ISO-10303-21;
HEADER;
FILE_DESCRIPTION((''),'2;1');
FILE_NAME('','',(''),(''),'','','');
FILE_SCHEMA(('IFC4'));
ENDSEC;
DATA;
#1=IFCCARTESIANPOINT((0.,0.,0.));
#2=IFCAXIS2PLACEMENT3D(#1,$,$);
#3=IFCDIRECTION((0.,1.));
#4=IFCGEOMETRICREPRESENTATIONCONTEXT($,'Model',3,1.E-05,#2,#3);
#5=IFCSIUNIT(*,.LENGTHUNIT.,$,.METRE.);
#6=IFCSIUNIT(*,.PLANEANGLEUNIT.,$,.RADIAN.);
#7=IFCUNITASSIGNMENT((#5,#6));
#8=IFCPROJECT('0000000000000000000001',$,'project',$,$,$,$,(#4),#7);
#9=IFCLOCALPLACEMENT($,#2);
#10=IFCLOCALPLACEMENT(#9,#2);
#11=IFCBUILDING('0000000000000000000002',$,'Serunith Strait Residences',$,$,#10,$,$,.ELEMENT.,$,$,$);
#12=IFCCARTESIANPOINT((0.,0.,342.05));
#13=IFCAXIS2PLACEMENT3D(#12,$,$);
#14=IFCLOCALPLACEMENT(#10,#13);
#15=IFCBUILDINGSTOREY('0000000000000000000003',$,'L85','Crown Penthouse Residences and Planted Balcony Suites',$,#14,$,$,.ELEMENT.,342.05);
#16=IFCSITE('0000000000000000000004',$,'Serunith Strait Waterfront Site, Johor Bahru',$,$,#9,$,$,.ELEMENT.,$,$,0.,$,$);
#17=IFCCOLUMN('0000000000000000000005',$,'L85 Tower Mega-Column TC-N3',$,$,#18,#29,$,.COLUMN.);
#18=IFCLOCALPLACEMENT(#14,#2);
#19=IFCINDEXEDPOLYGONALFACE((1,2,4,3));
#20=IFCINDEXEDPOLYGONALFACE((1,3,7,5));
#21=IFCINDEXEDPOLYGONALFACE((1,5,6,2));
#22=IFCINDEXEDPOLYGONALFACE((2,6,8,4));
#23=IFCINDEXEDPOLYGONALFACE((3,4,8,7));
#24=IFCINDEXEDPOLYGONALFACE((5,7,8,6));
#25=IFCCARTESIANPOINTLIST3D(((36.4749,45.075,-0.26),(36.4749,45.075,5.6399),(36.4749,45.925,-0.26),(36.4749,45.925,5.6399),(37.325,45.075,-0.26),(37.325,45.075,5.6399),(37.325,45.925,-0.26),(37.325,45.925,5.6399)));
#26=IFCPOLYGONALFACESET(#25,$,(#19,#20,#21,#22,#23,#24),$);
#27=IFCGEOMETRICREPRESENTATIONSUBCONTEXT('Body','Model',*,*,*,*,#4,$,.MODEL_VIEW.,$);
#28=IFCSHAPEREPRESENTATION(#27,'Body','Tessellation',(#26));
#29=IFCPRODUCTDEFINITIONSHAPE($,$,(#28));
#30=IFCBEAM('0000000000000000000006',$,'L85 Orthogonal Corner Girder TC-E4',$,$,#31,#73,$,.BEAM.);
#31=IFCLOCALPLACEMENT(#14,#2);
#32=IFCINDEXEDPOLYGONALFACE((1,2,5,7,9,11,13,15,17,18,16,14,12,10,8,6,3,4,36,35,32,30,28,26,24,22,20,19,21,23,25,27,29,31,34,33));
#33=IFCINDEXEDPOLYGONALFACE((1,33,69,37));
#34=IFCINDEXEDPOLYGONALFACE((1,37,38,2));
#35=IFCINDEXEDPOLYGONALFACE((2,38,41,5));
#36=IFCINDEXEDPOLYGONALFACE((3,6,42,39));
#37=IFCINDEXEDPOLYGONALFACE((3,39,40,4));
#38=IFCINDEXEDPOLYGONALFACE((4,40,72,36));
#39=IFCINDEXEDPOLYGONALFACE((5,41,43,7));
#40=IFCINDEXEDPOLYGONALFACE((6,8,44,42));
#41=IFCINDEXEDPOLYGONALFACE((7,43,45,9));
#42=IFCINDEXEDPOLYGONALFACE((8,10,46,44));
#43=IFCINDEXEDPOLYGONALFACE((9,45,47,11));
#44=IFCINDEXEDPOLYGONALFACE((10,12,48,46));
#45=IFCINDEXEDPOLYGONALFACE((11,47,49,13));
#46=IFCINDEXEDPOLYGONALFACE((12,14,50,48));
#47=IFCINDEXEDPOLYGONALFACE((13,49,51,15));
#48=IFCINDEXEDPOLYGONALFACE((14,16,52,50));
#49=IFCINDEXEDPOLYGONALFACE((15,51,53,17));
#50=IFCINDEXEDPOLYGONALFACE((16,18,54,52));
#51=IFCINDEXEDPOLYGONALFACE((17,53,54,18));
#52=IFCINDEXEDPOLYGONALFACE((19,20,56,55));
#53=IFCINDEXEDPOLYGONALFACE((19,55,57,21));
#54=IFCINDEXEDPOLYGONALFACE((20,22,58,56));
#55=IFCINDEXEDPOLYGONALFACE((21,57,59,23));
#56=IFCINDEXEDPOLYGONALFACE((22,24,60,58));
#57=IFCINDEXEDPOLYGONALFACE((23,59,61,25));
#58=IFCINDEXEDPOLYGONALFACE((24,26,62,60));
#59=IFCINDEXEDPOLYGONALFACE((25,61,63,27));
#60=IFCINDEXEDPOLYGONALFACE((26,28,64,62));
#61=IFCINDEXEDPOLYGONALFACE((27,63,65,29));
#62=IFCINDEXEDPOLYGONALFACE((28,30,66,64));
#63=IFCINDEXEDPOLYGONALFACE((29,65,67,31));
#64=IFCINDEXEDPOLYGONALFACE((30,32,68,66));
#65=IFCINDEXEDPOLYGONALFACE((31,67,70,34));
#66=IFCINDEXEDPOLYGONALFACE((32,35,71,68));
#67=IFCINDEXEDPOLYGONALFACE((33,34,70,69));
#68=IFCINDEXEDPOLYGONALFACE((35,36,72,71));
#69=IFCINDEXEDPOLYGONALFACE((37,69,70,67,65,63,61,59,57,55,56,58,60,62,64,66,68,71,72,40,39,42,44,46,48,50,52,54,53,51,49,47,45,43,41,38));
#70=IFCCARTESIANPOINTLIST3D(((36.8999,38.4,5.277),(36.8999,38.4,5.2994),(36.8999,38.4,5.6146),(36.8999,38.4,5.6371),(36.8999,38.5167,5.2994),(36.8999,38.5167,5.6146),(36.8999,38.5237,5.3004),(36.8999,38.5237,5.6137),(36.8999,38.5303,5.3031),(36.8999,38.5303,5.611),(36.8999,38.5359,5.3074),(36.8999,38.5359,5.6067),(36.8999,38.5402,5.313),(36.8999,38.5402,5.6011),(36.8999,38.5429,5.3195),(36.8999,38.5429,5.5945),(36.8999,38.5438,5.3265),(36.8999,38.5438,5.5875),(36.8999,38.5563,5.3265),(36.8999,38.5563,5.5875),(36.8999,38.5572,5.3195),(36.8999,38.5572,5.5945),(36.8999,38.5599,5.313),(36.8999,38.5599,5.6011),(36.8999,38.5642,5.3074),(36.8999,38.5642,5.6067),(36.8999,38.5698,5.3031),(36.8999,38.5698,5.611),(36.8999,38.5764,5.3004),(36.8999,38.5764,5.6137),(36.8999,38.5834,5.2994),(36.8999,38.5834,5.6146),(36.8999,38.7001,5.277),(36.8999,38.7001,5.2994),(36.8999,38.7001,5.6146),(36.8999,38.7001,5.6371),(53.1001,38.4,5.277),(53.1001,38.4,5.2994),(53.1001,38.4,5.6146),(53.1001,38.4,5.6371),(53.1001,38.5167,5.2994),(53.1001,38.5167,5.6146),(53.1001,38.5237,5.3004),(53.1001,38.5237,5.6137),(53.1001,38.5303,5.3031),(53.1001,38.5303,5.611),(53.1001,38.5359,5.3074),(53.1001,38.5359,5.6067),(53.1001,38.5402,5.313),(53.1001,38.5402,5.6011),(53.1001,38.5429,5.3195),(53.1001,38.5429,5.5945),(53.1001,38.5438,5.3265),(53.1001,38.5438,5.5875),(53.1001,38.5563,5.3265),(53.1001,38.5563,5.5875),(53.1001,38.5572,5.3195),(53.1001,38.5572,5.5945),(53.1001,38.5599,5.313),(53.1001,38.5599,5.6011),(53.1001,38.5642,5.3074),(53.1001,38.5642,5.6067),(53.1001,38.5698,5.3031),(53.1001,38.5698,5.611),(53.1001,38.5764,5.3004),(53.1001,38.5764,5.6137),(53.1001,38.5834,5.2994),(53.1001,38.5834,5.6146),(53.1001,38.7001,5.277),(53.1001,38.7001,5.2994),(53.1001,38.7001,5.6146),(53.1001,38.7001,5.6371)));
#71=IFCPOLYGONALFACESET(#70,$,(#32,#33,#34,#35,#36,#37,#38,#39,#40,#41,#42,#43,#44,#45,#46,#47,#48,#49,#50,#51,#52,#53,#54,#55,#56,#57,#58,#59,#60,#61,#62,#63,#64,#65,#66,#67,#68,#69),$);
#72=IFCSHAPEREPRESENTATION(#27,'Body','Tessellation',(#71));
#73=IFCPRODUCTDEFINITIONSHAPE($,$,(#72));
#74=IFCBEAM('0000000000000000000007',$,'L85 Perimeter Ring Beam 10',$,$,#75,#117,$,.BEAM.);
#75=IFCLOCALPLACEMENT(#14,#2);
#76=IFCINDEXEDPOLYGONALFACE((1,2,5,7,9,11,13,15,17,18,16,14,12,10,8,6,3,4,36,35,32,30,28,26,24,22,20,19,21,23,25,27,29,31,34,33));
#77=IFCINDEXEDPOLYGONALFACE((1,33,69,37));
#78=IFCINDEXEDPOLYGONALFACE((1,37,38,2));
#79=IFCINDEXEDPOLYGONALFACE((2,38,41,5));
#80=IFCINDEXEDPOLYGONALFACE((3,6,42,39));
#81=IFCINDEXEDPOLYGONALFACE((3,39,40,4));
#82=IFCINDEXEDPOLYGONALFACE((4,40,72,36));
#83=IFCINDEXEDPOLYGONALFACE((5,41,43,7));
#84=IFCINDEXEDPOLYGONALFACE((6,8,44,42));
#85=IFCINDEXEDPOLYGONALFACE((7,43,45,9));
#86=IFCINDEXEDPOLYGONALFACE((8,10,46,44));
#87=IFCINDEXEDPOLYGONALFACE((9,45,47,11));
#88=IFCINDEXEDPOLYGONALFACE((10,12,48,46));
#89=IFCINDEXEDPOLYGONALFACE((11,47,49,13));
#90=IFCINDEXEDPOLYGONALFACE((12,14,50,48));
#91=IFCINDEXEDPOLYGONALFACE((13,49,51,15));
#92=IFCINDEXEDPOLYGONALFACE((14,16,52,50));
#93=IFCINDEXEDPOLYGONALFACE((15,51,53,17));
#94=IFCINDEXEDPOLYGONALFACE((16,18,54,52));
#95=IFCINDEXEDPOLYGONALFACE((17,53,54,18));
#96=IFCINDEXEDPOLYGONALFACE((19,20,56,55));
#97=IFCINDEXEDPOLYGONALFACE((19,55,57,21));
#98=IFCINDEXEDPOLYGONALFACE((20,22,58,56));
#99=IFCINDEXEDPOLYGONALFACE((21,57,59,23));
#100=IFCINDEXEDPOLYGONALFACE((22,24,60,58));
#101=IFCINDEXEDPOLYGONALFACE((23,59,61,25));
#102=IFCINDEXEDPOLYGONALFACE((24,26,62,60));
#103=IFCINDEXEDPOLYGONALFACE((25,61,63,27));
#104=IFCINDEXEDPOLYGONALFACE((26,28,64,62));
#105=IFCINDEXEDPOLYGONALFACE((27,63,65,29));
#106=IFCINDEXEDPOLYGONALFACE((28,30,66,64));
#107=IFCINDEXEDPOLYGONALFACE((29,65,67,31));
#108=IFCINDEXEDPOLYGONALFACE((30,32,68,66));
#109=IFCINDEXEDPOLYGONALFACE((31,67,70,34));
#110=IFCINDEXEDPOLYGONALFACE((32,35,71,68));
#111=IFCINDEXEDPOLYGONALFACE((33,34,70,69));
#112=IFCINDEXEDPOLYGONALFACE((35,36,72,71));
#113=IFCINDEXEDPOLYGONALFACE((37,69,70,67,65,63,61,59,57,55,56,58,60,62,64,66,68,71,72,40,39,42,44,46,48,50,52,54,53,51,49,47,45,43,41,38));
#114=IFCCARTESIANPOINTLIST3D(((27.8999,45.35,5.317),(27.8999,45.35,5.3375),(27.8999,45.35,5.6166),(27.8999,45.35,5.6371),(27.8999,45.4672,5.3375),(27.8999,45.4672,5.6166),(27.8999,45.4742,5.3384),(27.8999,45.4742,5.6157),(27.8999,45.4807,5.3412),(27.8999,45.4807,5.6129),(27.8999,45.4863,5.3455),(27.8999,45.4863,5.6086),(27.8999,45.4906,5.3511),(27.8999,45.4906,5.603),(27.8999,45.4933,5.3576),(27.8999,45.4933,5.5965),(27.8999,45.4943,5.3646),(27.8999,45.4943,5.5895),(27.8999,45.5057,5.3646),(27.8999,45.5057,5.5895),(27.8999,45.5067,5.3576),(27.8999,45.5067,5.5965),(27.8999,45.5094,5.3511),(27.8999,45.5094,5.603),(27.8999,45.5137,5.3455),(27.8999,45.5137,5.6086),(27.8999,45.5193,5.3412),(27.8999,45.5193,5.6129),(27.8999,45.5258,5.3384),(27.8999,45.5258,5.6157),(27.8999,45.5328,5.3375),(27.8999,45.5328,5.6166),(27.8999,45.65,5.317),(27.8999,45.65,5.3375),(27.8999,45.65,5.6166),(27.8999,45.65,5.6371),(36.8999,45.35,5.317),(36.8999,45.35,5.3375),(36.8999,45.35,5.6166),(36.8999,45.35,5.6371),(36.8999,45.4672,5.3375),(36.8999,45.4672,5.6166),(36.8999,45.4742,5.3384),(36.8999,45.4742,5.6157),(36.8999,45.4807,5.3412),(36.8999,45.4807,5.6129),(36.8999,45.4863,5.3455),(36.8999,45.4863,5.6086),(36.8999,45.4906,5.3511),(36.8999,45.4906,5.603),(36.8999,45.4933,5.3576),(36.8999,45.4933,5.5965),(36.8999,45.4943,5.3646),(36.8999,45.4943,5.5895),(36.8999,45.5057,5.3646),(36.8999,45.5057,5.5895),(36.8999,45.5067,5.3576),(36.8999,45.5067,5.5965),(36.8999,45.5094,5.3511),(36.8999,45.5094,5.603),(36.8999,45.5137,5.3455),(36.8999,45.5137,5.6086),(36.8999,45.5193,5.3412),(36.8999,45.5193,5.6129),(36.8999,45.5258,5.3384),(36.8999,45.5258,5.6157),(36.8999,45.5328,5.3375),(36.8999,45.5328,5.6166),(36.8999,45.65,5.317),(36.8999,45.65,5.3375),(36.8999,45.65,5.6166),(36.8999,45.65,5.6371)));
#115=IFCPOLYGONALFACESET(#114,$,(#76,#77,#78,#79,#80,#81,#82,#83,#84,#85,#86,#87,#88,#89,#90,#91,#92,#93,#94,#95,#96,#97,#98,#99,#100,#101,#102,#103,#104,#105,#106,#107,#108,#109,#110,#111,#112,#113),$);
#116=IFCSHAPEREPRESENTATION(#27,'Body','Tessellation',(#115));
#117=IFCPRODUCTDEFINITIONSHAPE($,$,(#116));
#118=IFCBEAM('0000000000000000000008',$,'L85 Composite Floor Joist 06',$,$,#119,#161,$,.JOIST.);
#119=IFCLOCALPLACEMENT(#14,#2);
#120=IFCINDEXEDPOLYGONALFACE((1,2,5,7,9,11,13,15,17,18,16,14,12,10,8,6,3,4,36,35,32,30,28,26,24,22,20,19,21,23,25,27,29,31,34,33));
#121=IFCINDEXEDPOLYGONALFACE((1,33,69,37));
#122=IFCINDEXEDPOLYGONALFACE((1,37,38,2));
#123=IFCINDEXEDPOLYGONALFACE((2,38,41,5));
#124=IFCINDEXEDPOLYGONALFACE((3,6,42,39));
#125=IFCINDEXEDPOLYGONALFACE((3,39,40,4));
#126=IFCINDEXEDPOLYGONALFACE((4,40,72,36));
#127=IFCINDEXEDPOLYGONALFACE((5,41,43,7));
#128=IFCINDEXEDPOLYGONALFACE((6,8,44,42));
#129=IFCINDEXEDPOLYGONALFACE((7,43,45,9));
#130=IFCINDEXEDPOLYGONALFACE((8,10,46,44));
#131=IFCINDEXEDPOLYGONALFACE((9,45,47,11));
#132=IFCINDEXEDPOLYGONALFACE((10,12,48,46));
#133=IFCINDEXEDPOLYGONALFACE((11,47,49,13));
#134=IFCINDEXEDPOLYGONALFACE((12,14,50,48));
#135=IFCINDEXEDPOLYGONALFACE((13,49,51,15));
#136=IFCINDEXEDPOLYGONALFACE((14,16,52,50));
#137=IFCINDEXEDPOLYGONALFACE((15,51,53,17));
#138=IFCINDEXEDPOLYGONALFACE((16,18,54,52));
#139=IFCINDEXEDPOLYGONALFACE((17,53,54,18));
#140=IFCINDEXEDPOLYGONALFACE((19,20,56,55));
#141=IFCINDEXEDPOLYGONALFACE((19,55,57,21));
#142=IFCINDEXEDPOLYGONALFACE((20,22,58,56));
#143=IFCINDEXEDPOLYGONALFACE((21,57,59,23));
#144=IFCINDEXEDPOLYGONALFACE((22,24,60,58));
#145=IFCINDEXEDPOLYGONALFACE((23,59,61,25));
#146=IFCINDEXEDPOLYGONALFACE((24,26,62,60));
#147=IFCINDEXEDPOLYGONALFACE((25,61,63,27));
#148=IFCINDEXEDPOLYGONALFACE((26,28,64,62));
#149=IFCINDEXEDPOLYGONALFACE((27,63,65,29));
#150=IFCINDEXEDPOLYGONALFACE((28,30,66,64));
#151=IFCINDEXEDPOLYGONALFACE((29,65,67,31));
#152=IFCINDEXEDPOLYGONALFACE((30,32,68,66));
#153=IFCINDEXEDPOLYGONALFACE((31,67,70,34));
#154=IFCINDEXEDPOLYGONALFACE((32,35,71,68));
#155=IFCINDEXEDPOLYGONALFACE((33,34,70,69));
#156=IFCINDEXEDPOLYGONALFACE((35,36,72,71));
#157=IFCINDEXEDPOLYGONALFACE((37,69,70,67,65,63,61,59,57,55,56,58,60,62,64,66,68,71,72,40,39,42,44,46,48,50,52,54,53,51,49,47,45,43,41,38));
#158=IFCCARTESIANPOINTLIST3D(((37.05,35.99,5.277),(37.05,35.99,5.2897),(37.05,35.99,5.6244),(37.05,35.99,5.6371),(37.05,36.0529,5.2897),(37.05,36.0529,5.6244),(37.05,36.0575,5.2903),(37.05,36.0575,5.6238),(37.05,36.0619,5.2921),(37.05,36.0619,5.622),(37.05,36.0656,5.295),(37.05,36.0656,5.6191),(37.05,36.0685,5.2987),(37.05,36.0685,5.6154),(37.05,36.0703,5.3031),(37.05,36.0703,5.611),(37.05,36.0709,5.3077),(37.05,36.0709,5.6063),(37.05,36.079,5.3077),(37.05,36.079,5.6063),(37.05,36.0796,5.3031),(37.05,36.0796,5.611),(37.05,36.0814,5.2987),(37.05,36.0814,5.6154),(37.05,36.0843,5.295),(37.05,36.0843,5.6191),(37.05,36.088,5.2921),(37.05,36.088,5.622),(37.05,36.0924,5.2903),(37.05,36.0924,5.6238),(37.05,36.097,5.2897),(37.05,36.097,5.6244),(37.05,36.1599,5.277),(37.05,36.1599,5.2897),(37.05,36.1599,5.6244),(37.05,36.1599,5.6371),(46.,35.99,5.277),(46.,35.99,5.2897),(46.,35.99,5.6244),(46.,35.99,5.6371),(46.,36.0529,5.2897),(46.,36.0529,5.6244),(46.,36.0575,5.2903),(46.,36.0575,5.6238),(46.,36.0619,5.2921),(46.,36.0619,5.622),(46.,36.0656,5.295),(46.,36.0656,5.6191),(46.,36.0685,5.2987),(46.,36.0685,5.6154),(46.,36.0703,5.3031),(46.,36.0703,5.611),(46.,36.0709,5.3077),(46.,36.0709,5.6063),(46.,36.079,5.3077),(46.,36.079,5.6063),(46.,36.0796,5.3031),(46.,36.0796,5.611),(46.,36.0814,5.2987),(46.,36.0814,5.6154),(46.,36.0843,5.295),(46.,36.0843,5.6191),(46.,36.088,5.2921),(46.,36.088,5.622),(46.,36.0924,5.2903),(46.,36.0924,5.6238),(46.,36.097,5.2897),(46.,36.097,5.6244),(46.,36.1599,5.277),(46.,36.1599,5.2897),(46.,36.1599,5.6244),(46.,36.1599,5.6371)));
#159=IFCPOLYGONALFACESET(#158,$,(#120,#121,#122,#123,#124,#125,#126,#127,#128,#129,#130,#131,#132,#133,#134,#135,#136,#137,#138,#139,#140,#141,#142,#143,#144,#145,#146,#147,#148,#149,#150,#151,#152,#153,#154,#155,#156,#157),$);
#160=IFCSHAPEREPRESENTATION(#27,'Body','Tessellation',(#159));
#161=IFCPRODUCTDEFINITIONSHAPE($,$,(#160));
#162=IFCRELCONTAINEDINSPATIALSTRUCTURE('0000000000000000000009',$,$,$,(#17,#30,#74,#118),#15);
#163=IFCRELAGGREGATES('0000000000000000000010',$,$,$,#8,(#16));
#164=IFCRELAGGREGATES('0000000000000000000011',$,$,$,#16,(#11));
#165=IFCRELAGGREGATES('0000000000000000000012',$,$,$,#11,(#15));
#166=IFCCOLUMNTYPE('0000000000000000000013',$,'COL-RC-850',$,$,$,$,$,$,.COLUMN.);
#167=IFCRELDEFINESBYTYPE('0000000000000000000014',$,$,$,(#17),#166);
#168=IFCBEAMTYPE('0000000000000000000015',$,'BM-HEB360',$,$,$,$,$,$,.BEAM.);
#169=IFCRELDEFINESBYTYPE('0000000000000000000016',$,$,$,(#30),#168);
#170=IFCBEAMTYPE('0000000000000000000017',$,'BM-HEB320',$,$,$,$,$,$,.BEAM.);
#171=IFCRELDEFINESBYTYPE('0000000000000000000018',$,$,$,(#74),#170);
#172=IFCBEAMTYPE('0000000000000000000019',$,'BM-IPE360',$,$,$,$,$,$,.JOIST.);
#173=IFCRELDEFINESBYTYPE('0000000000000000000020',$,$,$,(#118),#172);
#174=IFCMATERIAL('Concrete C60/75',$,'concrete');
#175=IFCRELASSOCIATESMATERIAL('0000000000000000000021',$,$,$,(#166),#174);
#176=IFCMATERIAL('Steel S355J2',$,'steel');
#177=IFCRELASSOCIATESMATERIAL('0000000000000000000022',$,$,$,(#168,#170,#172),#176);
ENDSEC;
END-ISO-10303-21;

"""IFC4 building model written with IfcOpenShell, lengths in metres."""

from ifc_helpers import new_model, si_unit, direction, frame, origin, origin_2d, place, context, subcontext, project, spatial, rectangle, i_section, extrude, source, transform, mapped, material, material_profile, profile_set, type_object, element, save


model = new_model("IFC4")

# Units and contexts
model_context = context("Model", 3, precision=1e-05, world=origin(), true_north=direction((0.0, 1.0)))
body_context = subcontext(model_context, "Body", "Model", "MODEL_VIEW")
ifc_project = project(units=[si_unit("LENGTHUNIT", "METRE"), si_unit("PLANEANGLEUNIT", "RADIAN")], contexts=[model_context])

# Site, building, storey
site_placement = place(None, origin())
site = spatial("IfcSite", under=ifc_project, at=site_placement, Name="Serunith Strait Waterfront Site, Johor Bahru", CompositionType="ELEMENT", RefElevation=0.0)
building_placement = place(site_placement, origin())
building = spatial("IfcBuilding", under=site, at=building_placement, Name="Serunith Strait Residences", CompositionType="ELEMENT")
storey_placement = place(building_placement, frame((0.0, 0.0, 342.05)))
storey = spatial("IfcBuildingStorey", under=building, at=storey_placement, Name="L85", Description="Crown Penthouse Residences and Planted Balcony Suites", CompositionType="ELEMENT", Elevation=342.05)

# Column
ifc_material_1 = material(Name="Concrete C60/75", Category="concrete")
ifc_material_profile_1 = material_profile(ifc_material_1, rectangle(XDim=0.8501, YDim=0.8501, at=origin_2d()), Name="RC 850x850")
ifc_profile_set_1 = profile_set([ifc_material_profile_1], Name="Concrete C60/75")
column_type = type_object("IfcColumnType", Name="COL-RC-850", PredefinedType="COLUMN", material=ifc_profile_set_1)
shared_shape_1 = source(origin(), body_context, "Body", "SweptSolid", [
    extrude(rectangle(XDim=0.8501, YDim=0.8501, at=origin_2d()), origin(), (0.0, 0.0, 1.0), 5.8999),
])
column_placement = place(storey_placement, frame((36.8999, 45.5, -0.26), z_axis=(0.0, 0.0, 1.0), x_axis=(1.0, 0.0, 0.0)))
element("IfcColumn", 1, at=column_placement, inside=storey, type_object=column_type, Name="L85 Tower Mega-Column TC-N3", PredefinedType="COLUMN", context=body_context, shape_type="MappedRepresentation", body=[
    mapped(shared_shape_1, transform((0.0, 0.0, 0.0), scale=1.0)),
])

# Beams
ifc_material_2 = material(Name="Steel S355J2", Category="steel")
ifc_material_profile_2 = material_profile(ifc_material_2, i_section(OverallWidth=0.3, OverallDepth=0.3601, WebThickness=0.0125, FlangeThickness=0.0225, FilletRadius=0.0271, at=origin_2d()), Name="HEB 360")
ifc_profile_set_2 = profile_set([ifc_material_profile_2], Name="Steel S355J2")
beam_type_1 = type_object("IfcBeamType", Name="BM-HEB360", PredefinedType="BEAM", material=ifc_profile_set_2)
shared_shape_2 = source(origin(), body_context, "Body", "SweptSolid", [
    extrude(i_section(OverallWidth=0.3, OverallDepth=0.3601, WebThickness=0.0125, FlangeThickness=0.0225, FilletRadius=0.0271, at=origin_2d()), origin(), (0.0, 0.0, 1.0), 16.2002),
])
beam_1_placement = place(storey_placement, frame((36.8999, 38.55, 5.457), z_axis=(1.0, 0.0, 0.0), x_axis=(0.0, 1.0, 0.0)))
element("IfcBeam", 2, at=beam_1_placement, inside=storey, type_object=beam_type_1, Name="L85 Orthogonal Corner Girder TC-E4", PredefinedType="BEAM", context=body_context, shape_type="MappedRepresentation", body=[
    mapped(shared_shape_2, transform((0.0, 0.0, 0.0), scale=1.0)),
])
ifc_material_profile_3 = material_profile(ifc_material_2, i_section(OverallWidth=0.3, OverallDepth=0.3201, WebThickness=0.0115, FlangeThickness=0.0205, FilletRadius=0.0271, at=origin_2d()), Name="HEB 320")
ifc_profile_set_3 = profile_set([ifc_material_profile_3], Name="Steel S355J2")
beam_type_2 = type_object("IfcBeamType", Name="BM-HEB320", PredefinedType="BEAM", material=ifc_profile_set_3)
shared_shape_3 = source(origin(), body_context, "Body", "SweptSolid", [
    extrude(i_section(OverallWidth=0.3, OverallDepth=0.3201, WebThickness=0.0115, FlangeThickness=0.0205, FilletRadius=0.0271, at=origin_2d()), origin(), (0.0, 0.0, 1.0), 9.0),
])
beam_2_placement = place(storey_placement, frame((36.8999, 45.5, 5.4771), z_axis=(-1.0, 0.0, 0.0), x_axis=(0.0, -1.0, 0.0)))
element("IfcBeam", 3, at=beam_2_placement, inside=storey, type_object=beam_type_2, Name="L85 Perimeter Ring Beam 10", PredefinedType="BEAM", context=body_context, shape_type="MappedRepresentation", body=[
    mapped(shared_shape_3, transform((0.0, 0.0, 0.0), scale=1.0)),
])
ifc_material_profile_4 = material_profile(ifc_material_2, i_section(OverallWidth=0.1699, OverallDepth=0.3601, WebThickness=0.0081, FlangeThickness=0.0127, FilletRadius=0.0181, at=origin_2d()), Name="IPE 360")
ifc_profile_set_4 = profile_set([ifc_material_profile_4], Name="Steel S355J2")
beam_type_3 = type_object("IfcBeamType", Name="BM-IPE360", PredefinedType="JOIST", material=ifc_profile_set_4)
shared_shape_4 = source(origin(), body_context, "Body", "SweptSolid", [
    extrude(i_section(OverallWidth=0.1699, OverallDepth=0.3601, WebThickness=0.0081, FlangeThickness=0.0127, FilletRadius=0.0181, at=origin_2d()), origin(), (0.0, 0.0, 1.0), 8.95),
])
beam_3_placement = place(storey_placement, frame((37.05, 36.075, 5.457), z_axis=(1.0, 0.0, 0.0), x_axis=(0.0, 1.0, 0.0)))
element("IfcBeam", 4, at=beam_3_placement, inside=storey, type_object=beam_type_3, Name="L85 Composite Floor Joist 06", PredefinedType="JOIST", context=body_context, shape_type="MappedRepresentation", body=[
    mapped(shared_shape_4, transform((0.0, 0.0, 0.0), scale=1.0)),
])

save(model, "model.ifc")
